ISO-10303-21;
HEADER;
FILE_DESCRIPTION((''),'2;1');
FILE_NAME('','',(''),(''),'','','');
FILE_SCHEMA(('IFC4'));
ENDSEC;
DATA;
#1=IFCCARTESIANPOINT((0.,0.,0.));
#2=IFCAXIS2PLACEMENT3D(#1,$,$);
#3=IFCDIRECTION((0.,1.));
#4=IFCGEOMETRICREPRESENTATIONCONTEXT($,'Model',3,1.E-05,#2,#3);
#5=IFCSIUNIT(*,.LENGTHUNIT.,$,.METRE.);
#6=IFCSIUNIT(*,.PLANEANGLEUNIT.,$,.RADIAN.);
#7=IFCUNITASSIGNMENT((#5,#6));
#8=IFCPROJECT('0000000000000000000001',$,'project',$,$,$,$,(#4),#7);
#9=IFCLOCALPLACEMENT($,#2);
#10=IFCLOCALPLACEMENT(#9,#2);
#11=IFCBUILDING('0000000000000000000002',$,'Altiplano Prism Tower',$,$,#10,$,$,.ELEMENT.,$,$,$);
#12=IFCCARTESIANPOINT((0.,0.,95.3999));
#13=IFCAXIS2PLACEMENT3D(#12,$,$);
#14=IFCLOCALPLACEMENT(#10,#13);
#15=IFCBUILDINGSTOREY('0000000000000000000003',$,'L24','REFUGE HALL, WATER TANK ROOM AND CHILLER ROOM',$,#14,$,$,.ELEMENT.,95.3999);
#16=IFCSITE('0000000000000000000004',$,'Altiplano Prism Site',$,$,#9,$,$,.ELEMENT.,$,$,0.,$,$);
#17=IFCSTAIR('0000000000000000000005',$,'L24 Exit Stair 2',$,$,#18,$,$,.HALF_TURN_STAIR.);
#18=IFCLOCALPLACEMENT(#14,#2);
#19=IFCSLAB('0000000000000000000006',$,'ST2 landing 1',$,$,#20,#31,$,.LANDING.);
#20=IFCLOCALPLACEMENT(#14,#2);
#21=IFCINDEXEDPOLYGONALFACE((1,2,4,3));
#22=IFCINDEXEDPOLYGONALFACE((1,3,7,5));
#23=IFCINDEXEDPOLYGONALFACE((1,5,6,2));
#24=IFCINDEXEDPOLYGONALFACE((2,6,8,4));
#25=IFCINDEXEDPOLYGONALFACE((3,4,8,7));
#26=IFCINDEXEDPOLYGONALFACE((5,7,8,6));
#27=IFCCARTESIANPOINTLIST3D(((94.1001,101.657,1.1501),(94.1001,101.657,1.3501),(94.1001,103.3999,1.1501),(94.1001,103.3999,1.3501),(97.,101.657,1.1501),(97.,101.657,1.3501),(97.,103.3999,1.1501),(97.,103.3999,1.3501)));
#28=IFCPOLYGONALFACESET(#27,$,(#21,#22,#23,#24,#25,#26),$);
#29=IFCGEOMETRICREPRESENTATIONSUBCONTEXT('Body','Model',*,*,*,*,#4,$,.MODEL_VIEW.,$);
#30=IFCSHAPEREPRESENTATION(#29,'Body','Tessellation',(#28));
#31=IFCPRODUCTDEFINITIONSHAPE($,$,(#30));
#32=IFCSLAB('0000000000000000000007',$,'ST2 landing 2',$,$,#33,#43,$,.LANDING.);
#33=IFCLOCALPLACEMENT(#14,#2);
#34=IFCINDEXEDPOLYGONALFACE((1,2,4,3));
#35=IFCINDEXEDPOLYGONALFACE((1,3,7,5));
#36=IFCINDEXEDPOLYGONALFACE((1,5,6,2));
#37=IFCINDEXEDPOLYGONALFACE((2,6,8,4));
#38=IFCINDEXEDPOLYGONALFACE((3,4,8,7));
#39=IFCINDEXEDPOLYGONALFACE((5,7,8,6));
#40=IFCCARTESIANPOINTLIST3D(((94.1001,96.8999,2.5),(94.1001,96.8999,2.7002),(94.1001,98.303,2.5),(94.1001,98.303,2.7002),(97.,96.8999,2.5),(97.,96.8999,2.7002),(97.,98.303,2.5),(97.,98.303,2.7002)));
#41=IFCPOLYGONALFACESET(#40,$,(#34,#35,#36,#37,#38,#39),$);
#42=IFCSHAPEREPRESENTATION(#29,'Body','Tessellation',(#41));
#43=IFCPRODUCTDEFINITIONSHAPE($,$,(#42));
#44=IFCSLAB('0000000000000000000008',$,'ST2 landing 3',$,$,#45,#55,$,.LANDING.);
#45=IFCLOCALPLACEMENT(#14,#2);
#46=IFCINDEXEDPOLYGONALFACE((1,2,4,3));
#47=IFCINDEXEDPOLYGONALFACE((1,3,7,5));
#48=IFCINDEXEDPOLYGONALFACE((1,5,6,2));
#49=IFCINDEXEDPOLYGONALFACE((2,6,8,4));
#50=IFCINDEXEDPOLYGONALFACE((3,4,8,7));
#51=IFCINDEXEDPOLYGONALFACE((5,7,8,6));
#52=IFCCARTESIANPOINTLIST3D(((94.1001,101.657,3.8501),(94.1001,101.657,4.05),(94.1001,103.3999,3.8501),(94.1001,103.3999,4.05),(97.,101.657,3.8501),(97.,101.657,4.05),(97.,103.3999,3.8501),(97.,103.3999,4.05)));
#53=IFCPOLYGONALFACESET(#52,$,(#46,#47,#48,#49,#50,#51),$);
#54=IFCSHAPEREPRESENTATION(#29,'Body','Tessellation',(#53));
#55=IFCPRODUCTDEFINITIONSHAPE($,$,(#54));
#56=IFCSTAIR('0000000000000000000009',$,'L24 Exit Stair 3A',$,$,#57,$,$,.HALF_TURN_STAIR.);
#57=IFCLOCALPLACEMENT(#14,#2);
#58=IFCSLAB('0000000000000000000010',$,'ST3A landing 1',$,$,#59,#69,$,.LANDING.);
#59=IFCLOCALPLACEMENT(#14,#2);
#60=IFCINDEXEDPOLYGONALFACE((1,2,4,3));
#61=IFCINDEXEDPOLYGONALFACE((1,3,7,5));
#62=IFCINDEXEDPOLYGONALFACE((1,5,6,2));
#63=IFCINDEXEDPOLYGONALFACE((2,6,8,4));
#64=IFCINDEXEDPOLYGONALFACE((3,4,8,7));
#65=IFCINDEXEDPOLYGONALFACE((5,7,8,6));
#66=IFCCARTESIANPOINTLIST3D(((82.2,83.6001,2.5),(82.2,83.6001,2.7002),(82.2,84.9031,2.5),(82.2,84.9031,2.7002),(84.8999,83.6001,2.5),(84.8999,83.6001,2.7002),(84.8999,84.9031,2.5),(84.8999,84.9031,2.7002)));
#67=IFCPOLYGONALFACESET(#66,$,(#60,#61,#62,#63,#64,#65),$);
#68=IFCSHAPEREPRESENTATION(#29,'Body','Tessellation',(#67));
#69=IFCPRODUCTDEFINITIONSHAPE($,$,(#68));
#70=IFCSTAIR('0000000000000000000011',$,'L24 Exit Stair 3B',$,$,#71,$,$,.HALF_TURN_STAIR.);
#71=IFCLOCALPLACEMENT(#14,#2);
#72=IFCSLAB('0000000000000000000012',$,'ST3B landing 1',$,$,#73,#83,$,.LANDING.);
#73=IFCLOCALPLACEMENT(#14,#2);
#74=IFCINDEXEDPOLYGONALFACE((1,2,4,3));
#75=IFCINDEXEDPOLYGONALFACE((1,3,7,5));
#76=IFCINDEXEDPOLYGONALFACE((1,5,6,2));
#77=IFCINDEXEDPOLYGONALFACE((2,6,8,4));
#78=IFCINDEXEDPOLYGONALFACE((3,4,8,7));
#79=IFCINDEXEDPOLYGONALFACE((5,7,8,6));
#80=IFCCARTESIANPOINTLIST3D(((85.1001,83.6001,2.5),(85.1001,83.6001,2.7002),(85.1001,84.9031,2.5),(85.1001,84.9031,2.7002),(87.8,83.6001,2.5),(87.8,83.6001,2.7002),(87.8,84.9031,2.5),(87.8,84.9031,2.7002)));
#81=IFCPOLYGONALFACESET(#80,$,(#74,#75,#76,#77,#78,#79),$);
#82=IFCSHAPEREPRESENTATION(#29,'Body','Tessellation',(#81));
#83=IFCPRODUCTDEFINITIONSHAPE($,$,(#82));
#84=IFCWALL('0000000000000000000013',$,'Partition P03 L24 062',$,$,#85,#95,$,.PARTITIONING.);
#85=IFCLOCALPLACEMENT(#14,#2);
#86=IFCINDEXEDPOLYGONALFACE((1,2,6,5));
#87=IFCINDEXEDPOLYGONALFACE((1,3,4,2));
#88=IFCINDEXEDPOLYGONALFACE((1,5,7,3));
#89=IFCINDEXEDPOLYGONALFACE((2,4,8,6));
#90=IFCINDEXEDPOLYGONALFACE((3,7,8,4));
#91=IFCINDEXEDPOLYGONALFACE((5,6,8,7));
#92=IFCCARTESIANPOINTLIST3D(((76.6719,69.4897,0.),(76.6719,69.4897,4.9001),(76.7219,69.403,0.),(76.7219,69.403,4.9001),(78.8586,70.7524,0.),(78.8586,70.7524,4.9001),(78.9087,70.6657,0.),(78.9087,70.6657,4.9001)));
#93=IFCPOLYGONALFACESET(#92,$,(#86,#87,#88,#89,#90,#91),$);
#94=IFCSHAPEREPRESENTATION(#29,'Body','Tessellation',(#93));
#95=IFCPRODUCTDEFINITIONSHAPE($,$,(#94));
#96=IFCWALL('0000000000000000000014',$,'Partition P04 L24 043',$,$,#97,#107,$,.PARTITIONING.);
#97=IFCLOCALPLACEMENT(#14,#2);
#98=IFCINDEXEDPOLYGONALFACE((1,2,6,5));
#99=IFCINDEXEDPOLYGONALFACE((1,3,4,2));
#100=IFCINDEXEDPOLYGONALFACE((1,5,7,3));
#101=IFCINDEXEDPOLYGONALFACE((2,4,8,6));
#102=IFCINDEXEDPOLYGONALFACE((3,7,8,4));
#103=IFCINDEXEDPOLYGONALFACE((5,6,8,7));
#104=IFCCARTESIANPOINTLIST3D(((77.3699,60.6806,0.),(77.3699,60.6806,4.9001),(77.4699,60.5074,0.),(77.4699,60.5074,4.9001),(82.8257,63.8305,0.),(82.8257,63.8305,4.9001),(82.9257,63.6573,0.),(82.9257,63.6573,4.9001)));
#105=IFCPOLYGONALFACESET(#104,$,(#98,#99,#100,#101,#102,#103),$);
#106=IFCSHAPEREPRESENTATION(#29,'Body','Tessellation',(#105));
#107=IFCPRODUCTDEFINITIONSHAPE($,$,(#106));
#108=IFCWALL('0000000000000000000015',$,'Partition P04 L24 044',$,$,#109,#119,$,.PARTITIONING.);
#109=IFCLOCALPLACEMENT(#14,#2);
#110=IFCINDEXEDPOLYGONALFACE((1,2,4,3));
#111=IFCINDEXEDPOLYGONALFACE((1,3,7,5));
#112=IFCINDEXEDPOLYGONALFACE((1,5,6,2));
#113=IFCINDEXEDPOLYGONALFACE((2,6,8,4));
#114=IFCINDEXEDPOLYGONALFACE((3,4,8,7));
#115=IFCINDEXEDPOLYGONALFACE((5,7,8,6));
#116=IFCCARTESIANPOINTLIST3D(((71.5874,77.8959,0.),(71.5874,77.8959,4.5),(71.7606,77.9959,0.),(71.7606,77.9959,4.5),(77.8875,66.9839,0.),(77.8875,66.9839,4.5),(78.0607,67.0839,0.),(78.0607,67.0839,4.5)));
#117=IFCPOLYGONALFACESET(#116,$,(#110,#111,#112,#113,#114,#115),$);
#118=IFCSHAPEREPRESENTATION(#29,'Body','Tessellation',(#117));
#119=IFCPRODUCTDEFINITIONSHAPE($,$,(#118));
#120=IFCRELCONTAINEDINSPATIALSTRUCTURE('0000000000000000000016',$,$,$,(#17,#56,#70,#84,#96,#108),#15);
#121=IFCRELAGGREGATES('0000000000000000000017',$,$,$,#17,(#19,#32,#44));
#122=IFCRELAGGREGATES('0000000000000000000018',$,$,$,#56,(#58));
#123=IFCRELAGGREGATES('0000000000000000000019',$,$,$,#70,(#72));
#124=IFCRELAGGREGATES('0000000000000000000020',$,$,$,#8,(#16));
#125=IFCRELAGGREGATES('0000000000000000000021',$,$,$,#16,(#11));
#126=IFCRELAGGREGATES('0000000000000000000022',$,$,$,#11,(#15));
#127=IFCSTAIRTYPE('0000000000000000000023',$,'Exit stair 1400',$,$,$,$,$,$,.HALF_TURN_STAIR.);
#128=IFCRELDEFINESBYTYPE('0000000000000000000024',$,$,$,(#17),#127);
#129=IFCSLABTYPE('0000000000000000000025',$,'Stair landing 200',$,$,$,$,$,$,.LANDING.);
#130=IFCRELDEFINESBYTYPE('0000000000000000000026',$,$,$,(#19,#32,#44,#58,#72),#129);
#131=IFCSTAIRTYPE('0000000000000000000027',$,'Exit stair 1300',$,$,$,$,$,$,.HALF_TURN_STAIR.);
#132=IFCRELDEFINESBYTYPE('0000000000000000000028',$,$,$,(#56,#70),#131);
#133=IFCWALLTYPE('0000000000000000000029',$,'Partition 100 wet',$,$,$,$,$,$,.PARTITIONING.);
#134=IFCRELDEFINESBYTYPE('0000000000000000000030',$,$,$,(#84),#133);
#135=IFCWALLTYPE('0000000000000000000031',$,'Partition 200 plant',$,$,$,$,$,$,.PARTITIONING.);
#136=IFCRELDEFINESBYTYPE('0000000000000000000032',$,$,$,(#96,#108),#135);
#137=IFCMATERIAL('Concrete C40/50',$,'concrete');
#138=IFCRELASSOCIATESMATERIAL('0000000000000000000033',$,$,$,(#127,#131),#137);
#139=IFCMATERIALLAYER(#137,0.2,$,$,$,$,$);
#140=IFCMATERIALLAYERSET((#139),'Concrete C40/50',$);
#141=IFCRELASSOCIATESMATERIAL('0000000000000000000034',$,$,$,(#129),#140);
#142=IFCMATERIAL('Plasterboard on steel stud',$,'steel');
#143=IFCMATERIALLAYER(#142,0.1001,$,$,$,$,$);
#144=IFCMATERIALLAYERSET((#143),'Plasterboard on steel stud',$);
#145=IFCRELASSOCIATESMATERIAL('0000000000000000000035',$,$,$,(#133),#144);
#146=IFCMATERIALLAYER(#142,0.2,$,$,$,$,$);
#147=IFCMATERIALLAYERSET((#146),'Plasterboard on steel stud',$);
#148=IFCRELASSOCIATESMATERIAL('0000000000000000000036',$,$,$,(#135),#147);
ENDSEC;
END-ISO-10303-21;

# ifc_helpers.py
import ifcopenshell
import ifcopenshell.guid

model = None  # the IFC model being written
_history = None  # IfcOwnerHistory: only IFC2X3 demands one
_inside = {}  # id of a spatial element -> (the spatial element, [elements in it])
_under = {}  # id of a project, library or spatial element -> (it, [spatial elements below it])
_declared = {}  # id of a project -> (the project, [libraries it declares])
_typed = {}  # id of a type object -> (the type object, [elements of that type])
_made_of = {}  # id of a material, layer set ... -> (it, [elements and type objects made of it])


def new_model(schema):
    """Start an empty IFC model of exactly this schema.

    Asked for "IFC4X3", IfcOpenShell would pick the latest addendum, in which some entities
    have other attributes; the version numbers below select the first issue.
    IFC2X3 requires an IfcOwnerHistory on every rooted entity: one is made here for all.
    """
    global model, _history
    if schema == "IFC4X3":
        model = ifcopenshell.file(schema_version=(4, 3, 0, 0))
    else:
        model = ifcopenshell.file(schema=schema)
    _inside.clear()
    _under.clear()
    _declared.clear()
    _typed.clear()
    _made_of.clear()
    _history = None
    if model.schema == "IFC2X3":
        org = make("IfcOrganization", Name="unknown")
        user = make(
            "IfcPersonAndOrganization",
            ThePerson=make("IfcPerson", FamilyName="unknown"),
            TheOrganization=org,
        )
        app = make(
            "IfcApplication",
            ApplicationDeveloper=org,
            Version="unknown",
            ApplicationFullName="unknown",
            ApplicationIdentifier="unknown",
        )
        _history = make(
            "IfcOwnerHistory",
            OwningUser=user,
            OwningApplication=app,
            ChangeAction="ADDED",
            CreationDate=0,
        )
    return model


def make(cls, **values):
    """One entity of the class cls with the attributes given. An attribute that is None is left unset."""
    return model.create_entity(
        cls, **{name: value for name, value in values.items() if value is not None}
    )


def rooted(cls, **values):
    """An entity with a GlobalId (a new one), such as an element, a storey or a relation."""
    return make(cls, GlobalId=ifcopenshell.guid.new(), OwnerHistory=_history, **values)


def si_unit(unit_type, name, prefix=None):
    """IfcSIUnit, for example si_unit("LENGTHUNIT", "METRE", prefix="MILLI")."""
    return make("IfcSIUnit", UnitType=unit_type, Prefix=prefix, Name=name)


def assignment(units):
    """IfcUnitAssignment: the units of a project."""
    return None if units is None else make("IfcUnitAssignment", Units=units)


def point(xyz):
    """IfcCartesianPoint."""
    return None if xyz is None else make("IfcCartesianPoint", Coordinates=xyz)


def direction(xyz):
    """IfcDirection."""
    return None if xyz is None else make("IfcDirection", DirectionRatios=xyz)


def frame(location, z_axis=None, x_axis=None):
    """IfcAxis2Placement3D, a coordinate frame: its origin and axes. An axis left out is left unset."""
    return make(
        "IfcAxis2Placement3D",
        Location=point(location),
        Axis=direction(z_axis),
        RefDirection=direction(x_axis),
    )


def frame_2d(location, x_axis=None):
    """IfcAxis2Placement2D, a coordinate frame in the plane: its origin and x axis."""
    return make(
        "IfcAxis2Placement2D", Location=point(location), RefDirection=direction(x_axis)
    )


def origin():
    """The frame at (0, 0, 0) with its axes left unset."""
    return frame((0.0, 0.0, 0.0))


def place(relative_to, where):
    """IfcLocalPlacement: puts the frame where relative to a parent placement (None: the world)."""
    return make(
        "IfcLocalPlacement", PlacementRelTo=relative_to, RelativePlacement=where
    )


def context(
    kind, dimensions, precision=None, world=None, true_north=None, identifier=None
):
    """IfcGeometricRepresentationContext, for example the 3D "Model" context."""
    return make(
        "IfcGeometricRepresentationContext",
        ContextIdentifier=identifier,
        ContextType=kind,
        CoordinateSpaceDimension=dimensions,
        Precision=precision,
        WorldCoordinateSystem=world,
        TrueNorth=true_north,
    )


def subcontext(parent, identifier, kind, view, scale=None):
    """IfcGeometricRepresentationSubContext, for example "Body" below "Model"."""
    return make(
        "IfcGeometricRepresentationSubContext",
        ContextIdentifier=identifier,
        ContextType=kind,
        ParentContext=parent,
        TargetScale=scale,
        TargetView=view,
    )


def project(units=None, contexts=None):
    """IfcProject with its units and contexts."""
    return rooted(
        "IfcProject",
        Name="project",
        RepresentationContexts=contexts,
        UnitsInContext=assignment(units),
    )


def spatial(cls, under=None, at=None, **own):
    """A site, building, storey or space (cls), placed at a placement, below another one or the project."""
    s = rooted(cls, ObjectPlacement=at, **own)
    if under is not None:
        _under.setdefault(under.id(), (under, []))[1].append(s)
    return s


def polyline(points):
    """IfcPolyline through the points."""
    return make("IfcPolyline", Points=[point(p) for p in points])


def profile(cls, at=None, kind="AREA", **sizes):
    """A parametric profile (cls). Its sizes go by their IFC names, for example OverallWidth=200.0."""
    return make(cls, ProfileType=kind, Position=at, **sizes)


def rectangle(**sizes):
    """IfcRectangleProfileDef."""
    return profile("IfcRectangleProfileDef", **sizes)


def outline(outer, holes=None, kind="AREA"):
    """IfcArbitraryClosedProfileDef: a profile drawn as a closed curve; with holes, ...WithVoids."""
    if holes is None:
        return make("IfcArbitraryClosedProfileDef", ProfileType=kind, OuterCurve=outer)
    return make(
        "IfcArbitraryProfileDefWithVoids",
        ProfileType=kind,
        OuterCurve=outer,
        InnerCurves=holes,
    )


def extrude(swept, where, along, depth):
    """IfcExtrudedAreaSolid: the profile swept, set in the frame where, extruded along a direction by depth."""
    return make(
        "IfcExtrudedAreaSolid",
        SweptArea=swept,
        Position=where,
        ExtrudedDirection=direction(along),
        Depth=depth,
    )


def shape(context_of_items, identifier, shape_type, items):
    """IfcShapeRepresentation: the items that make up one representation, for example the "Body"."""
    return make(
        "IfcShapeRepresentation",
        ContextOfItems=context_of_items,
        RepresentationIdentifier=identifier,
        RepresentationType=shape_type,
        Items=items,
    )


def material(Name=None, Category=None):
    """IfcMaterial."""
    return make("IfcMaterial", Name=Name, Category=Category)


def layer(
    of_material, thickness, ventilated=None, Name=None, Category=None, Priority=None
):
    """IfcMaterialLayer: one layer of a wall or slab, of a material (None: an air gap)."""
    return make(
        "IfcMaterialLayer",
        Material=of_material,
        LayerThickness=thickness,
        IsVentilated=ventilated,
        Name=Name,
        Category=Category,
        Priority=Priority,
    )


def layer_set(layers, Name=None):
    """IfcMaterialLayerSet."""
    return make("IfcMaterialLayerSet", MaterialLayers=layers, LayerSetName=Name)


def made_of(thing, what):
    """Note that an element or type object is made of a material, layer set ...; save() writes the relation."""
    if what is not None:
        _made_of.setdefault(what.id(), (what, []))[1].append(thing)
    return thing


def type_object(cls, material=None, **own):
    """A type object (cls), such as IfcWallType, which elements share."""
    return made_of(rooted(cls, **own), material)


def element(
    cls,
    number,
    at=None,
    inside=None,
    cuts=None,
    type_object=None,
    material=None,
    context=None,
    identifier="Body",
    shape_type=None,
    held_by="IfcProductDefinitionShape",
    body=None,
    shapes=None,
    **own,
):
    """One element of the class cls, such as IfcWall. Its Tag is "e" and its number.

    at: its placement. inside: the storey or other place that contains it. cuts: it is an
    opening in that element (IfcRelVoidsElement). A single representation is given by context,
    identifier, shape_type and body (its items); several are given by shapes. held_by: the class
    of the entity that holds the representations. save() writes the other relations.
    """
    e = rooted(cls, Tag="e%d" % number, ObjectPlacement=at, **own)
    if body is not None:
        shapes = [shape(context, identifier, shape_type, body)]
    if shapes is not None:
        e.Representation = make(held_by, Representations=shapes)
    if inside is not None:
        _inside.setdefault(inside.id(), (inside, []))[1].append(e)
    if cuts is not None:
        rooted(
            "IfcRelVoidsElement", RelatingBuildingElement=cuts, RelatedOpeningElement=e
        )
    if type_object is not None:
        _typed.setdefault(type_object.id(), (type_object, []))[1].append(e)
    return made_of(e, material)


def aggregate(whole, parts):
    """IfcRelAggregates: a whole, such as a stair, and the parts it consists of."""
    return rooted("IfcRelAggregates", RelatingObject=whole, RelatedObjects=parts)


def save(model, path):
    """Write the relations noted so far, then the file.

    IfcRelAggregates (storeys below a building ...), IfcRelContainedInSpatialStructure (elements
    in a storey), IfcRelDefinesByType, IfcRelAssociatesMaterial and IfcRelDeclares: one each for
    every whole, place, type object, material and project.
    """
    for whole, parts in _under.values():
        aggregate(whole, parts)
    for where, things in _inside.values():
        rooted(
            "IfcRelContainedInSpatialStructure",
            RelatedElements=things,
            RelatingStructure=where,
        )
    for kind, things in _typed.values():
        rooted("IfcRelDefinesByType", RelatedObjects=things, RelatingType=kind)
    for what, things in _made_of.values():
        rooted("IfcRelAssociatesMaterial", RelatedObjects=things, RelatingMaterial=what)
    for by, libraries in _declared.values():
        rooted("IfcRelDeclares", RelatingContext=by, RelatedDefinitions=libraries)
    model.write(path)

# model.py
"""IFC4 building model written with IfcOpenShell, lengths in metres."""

from ifc_helpers import new_model, si_unit, direction, frame, frame_2d, origin, place, context, subcontext, project, spatial, polyline, rectangle, outline, extrude, material, layer, layer_set, type_object, element, aggregate, save


model = new_model("IFC4")

# Units and contexts
model_context = context("Model", 3, precision=1e-05, world=origin(), true_north=direction((0.0, 1.0)))
body_context = subcontext(model_context, "Body", "Model", "MODEL_VIEW")
ifc_project = project(units=[si_unit("LENGTHUNIT", "METRE"), si_unit("PLANEANGLEUNIT", "RADIAN")], contexts=[model_context])

# Site, building, storey
site_placement = place(None, origin())
site = spatial("IfcSite", under=ifc_project, at=site_placement, Name="Altiplano Prism Site", CompositionType="ELEMENT", RefElevation=0.0)
building_placement = place(site_placement, origin())
building = spatial("IfcBuilding", under=site, at=building_placement, Name="Altiplano Prism Tower", CompositionType="ELEMENT")
storey_placement = place(building_placement, frame((0.0, 0.0, 95.3999)))
storey = spatial("IfcBuildingStorey", under=building, at=storey_placement, Name="L24", Description="REFUGE HALL, WATER TANK ROOM AND CHILLER ROOM", CompositionType="ELEMENT", Elevation=95.3999)

# Shared definitions
ifc_material_1 = material(Name="Concrete C40/50", Category="concrete")

# Stair, slabs
stair_type_1 = type_object("IfcStairType", Name="Exit stair 1400", PredefinedType="HALF_TURN_STAIR", material=ifc_material_1)
ifc_layer_1 = layer(ifc_material_1, 0.2)
ifc_layer_set_1 = layer_set([ifc_layer_1], Name="Concrete C40/50")
slab_type_1 = type_object("IfcSlabType", Name="Stair landing 200", PredefinedType="LANDING", material=ifc_layer_set_1)
stair_1_placement = place(storey_placement, origin())
stair_1 = element("IfcStair", 1, at=stair_1_placement, inside=storey, type_object=stair_type_1, Name="L24 Exit Stair 2", PredefinedType="HALF_TURN_STAIR")
slab_1_placement = place(storey_placement, frame((0.0, 0.0, 1.1501)))
slab_1 = element("IfcSlab", 2, at=slab_1_placement, type_object=slab_type_1, Name="ST2 landing 1", PredefinedType="LANDING", context=body_context, shape_type="SweptSolid", body=[
    extrude(outline(polyline([(97.0, 101.657), (97.0, 103.3999), (94.1001, 103.3999), (94.1001, 101.657), (97.0, 101.657)])), origin(), (0.0, 0.0, 1.0), 0.2),
])
slab_2_placement = place(storey_placement, frame((0.0, 0.0, 2.5)))
slab_2 = element("IfcSlab", 3, at=slab_2_placement, type_object=slab_type_1, Name="ST2 landing 2", PredefinedType="LANDING", context=body_context, shape_type="SweptSolid", body=[
    extrude(outline(polyline([(97.0, 96.8999), (97.0, 98.303), (94.1001, 98.303), (94.1001, 96.8999), (97.0, 96.8999)])), origin(), (0.0, 0.0, 1.0), 0.2002),
])
slab_3_placement = place(storey_placement, frame((0.0, 0.0, 3.8501)))
slab_3 = element("IfcSlab", 4, at=slab_3_placement, type_object=slab_type_1, Name="ST2 landing 3", PredefinedType="LANDING", context=body_context, shape_type="SweptSolid", body=[
    extrude(outline(polyline([(97.0, 101.657), (97.0, 103.3999), (94.1001, 103.3999), (94.1001, 101.657), (97.0, 101.657)])), origin(), (0.0, 0.0, 1.0), 0.2),
])
aggregate(stair_1, [slab_1, slab_2, slab_3])

# Stairs, slabs
stair_type_2 = type_object("IfcStairType", Name="Exit stair 1300", PredefinedType="HALF_TURN_STAIR", material=ifc_material_1)
stair_2_placement = place(storey_placement, origin())
stair_2 = element("IfcStair", 5, at=stair_2_placement, inside=storey, type_object=stair_type_2, Name="L24 Exit Stair 3A", PredefinedType="HALF_TURN_STAIR")
slab_4_placement = place(storey_placement, frame((0.0, 0.0, 2.5)))
slab_4 = element("IfcSlab", 6, at=slab_4_placement, type_object=slab_type_1, Name="ST3A landing 1", PredefinedType="LANDING", context=body_context, shape_type="SweptSolid", body=[
    extrude(outline(polyline([(82.2, 84.9031), (82.2, 83.6001), (84.8999, 83.6001), (84.8999, 84.9031), (82.2, 84.9031)])), origin(), (0.0, 0.0, 1.0), 0.2002),
])
aggregate(stair_2, [slab_4])
stair_3_placement = place(storey_placement, origin())
stair_3 = element("IfcStair", 7, at=stair_3_placement, inside=storey, type_object=stair_type_2, Name="L24 Exit Stair 3B", PredefinedType="HALF_TURN_STAIR")
slab_5_placement = place(storey_placement, frame((0.0, 0.0, 2.5)))
slab_5 = element("IfcSlab", 8, at=slab_5_placement, type_object=slab_type_1, Name="ST3B landing 1", PredefinedType="LANDING", context=body_context, shape_type="SweptSolid", body=[
    extrude(outline(polyline([(85.1001, 84.9031), (85.1001, 83.6001), (87.8, 83.6001), (87.8, 84.9031), (85.1001, 84.9031)])), origin(), (0.0, 0.0, 1.0), 0.2002),
])
aggregate(stair_3, [slab_5])

# Walls
ifc_material_2 = material(Name="Plasterboard on steel stud", Category="steel")
ifc_layer_2 = layer(ifc_material_2, 0.1001)
ifc_layer_set_2 = layer_set([ifc_layer_2], Name="Plasterboard on steel stud")
wall_type_1 = type_object("IfcWallType", Name="Partition 100 wet", PredefinedType="PARTITIONING", material=ifc_layer_set_2)
wall_1_placement = place(storey_placement, frame((76.6968, 69.4463, 0.0), z_axis=(0.0, 0.0, 1.0), x_axis=(0.865997, 0.500049, 0.0)))
element("IfcWall", 9, at=wall_1_placement, inside=storey, type_object=wall_type_1, Name="Partition P03 L24 062", PredefinedType="PARTITIONING", context=body_context, shape_type="SweptSolid", body=[
    extrude(rectangle(XDim=2.5251, YDim=0.1001, at=frame_2d((1.2627, 0.0))), origin(), (0.0, 0.0, 1.0), 4.9001),
])
ifc_layer_3 = layer(ifc_material_2, 0.2)
ifc_layer_set_3 = layer_set([ifc_layer_3], Name="Plasterboard on steel stud")
wall_type_2 = type_object("IfcWallType", Name="Partition 200 plant", PredefinedType="PARTITIONING", material=ifc_layer_set_3)
wall_2_placement = place(storey_placement, frame((77.4199, 60.594, 0.0), z_axis=(0.0, 0.0, 1.0), x_axis=(0.866026, 0.499999, 0.0)))
element("IfcWall", 10, at=wall_2_placement, inside=storey, type_object=wall_type_2, Name="Partition P04 L24 043", PredefinedType="PARTITIONING", context=body_context, shape_type="SweptSolid", body=[
    extrude(rectangle(XDim=6.2998, YDim=0.2, at=frame_2d((3.1499, 0.0))), origin(), (0.0, 0.0, 1.0), 4.9001),
])
wall_3_placement = place(storey_placement, frame((77.9741, 67.0339, 0.0), z_axis=(0.0, 0.0, 1.0), x_axis=(-0.500005, 0.866023, 0.0)))
element("IfcWall", 11, at=wall_3_placement, inside=storey, type_object=wall_type_2, Name="Partition P04 L24 044", PredefinedType="PARTITIONING", context=body_context, shape_type="SweptSolid", body=[
    extrude(rectangle(XDim=12.6001, YDim=0.2, at=frame_2d((6.3, 0.0))), origin(), (0.0, 0.0, 1.0), 4.5),
])

save(model, "model.ifc")
